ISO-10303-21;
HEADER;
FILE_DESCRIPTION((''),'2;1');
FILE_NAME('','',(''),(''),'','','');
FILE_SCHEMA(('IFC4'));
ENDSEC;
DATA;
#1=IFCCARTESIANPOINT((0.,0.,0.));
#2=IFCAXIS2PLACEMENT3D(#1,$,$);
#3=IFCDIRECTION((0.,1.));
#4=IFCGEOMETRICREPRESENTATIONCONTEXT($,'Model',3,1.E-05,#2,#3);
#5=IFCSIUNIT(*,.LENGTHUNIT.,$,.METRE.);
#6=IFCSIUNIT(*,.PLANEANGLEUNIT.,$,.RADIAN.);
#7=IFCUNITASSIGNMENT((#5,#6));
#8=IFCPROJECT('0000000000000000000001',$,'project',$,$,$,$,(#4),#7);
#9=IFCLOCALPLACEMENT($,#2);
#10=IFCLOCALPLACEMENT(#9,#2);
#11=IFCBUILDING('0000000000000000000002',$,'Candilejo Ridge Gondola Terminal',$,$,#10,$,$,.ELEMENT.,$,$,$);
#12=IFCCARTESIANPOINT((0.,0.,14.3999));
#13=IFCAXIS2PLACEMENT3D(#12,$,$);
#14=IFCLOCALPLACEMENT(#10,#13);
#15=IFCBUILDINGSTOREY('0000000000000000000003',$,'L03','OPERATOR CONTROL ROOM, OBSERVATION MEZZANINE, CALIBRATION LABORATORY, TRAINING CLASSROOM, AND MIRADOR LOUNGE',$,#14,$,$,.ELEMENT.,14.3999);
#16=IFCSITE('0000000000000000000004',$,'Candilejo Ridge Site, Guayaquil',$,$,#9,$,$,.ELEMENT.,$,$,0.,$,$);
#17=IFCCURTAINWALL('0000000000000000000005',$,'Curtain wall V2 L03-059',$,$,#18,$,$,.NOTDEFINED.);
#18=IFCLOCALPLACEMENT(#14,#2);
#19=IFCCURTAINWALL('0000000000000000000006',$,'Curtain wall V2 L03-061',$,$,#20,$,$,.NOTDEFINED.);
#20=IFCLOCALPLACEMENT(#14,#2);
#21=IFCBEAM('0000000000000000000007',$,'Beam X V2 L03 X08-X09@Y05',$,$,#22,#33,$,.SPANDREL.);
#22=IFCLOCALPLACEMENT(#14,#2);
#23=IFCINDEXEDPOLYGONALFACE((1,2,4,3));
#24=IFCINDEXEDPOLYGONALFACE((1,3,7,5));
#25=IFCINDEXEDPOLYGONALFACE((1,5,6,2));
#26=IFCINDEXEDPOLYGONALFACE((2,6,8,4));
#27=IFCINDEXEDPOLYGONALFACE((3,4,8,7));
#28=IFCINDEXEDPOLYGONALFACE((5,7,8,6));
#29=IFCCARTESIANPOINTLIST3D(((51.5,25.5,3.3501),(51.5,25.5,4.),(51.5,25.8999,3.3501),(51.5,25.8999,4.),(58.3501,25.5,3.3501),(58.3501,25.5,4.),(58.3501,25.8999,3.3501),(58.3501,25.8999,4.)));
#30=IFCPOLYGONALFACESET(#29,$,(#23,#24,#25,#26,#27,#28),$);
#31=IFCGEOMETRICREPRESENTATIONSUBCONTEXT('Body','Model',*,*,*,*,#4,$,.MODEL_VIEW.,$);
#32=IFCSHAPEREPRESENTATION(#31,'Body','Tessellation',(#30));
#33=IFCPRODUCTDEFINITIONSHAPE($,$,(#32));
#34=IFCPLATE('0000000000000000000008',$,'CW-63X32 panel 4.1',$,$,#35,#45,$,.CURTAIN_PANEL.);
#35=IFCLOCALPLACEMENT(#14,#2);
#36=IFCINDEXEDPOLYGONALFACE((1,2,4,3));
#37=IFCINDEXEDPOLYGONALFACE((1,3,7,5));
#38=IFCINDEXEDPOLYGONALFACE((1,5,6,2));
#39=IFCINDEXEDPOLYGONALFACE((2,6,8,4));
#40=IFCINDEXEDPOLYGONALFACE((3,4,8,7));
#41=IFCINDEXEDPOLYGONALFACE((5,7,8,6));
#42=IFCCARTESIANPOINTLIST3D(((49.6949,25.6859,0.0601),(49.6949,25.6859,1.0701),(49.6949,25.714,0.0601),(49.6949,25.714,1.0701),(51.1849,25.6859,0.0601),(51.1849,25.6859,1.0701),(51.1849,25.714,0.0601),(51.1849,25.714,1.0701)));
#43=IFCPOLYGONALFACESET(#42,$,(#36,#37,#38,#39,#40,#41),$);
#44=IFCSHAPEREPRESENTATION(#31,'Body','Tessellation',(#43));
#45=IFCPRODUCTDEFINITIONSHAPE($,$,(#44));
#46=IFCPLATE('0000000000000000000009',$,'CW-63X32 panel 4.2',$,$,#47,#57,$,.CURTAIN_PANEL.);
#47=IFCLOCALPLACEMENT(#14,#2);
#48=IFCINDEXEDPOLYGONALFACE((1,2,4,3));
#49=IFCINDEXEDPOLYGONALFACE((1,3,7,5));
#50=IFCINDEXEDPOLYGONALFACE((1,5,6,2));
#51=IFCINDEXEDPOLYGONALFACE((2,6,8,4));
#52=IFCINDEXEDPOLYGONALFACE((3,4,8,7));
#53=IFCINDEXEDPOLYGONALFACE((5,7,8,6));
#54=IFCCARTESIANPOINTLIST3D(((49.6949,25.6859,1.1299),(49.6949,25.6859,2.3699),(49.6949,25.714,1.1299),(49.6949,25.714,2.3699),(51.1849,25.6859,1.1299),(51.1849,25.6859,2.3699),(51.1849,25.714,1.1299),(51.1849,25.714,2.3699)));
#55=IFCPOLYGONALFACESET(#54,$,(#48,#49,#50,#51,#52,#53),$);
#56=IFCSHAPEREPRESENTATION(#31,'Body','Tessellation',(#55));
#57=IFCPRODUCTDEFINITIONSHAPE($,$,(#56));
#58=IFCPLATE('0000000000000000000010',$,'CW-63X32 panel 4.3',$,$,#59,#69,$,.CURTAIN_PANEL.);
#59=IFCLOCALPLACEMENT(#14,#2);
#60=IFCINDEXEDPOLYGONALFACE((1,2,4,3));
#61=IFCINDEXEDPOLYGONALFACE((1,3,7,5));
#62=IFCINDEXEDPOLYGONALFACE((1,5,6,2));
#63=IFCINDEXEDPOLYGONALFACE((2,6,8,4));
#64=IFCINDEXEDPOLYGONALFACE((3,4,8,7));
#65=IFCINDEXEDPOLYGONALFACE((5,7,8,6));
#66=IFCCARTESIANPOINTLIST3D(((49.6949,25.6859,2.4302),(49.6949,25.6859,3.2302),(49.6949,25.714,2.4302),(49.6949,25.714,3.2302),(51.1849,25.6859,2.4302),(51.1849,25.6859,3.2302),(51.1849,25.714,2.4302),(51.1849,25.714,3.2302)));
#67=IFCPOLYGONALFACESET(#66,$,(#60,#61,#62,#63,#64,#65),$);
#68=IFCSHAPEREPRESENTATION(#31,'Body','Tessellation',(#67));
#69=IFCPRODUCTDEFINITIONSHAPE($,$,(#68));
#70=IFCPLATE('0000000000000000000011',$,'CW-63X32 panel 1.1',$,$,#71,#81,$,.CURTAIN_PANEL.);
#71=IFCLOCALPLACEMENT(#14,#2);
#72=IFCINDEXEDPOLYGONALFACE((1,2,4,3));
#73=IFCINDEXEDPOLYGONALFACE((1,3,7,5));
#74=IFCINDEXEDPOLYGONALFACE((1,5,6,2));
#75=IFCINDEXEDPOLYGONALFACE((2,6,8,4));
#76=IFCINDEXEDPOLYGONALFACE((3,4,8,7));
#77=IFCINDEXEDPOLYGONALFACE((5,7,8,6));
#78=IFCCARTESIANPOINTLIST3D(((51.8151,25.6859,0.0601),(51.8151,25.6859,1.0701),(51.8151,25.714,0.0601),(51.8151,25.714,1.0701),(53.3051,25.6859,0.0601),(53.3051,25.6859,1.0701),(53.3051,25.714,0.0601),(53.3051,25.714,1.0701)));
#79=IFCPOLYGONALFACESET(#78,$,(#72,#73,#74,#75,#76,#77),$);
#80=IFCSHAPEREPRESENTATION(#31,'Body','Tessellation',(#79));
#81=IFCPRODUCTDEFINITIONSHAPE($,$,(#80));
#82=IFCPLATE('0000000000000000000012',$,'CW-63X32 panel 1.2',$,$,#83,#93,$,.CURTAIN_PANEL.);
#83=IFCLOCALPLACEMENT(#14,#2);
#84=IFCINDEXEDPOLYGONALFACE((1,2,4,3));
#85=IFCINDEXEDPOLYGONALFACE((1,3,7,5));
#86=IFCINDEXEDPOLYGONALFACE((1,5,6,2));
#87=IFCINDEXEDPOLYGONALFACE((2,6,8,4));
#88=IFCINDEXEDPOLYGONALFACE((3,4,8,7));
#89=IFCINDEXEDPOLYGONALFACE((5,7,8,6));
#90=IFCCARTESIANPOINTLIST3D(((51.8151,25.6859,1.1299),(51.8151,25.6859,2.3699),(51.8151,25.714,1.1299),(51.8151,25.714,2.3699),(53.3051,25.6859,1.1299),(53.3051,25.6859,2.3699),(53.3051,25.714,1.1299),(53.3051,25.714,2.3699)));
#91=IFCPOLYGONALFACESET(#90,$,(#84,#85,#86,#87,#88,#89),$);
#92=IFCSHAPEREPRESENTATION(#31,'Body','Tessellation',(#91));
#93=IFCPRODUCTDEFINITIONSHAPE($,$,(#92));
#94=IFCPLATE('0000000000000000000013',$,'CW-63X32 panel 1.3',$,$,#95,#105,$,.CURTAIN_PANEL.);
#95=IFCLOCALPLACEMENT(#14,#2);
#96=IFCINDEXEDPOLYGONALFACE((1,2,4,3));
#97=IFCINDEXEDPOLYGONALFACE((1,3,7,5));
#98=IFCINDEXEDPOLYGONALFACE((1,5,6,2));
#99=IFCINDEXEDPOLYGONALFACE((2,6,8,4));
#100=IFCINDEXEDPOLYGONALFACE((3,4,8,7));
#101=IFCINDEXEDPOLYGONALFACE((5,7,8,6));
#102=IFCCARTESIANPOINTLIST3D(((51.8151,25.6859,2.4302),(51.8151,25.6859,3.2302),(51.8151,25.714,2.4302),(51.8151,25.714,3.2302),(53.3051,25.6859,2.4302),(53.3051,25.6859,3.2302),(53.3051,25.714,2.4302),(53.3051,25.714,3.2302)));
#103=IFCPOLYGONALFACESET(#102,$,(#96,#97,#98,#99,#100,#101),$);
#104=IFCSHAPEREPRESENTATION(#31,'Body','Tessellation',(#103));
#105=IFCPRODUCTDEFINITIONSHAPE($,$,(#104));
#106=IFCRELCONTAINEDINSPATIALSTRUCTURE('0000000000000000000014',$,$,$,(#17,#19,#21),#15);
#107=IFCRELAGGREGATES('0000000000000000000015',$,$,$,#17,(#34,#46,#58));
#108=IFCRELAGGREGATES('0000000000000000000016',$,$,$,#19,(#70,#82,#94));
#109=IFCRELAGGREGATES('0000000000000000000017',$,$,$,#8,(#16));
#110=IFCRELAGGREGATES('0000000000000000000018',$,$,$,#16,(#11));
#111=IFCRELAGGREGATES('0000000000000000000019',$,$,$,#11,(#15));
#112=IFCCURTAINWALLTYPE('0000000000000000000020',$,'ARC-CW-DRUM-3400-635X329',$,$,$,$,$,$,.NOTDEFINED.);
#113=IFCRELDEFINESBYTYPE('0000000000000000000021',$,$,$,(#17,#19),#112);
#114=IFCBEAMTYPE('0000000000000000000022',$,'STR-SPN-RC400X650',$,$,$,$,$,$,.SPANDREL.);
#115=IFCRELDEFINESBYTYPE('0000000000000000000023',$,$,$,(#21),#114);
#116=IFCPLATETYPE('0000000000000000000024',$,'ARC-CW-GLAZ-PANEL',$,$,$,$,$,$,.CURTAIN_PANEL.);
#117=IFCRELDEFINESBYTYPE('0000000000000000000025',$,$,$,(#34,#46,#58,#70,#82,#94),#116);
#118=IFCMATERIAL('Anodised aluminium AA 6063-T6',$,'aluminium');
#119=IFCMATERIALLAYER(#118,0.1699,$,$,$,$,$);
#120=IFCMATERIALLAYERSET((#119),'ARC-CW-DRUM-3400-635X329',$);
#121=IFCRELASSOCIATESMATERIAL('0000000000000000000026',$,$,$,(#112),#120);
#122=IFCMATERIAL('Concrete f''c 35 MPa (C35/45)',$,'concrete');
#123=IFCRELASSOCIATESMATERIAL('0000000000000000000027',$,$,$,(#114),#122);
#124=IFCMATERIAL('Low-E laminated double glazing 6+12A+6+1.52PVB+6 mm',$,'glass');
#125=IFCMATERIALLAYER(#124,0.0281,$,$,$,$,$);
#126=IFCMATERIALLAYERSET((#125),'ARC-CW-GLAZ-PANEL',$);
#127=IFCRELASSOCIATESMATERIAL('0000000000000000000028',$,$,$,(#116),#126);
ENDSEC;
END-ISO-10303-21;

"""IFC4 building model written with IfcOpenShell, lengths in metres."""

from ifc_helpers import new_model, si_unit, direction, frame, origin, origin_2d, place, context, subcontext, project, spatial, rectangle, extrude, material, layer, layer_set, material_profile, profile_set, type_object, element, aggregate, save


model = new_model("IFC4")

# Units and contexts
model_context = context("Model", 3, precision=1e-05, world=origin(), true_north=direction((0.0, 1.0)))
body_context = subcontext(model_context, "Body", "Model", "MODEL_VIEW")
ifc_project = project(units=[si_unit("LENGTHUNIT", "METRE"), si_unit("PLANEANGLEUNIT", "RADIAN")], contexts=[model_context])

# Site, building, storey
site_placement = place(None, origin())
site = spatial("IfcSite", under=ifc_project, at=site_placement, Name="Candilejo Ridge Site, Guayaquil", CompositionType="ELEMENT", RefElevation=0.0)
building_placement = place(site_placement, origin())
building = spatial("IfcBuilding", under=site, at=building_placement, Name="Candilejo Ridge Gondola Terminal", CompositionType="ELEMENT")
storey_placement = place(building_placement, frame((0.0, 0.0, 14.3999)))
storey = spatial("IfcBuildingStorey", under=building, at=storey_placement, Name="L03", Description="OPERATOR CONTROL ROOM, OBSERVATION MEZZANINE, CALIBRATION LABORATORY, TRAINING CLASSROOM, AND MIRADOR LOUNGE", CompositionType="ELEMENT", Elevation=14.3999)

# Curtain wall
ifc_material_1 = material(Name="Anodised aluminium AA 6063-T6", Category="aluminium")
ifc_layer_1 = layer(ifc_material_1, 0.1699)
ifc_layer_set_1 = layer_set([ifc_layer_1], Name="ARC-CW-DRUM-3400-635X329")
curtain_wall_type = type_object("IfcCurtainWallType", Name="ARC-CW-DRUM-3400-635X329", PredefinedType="NOTDEFINED", material=ifc_layer_set_1)
curtain_wall_1_placement = place(storey_placement, origin())
curtain_wall_1 = element("IfcCurtainWall", 1, at=curtain_wall_1_placement, inside=storey, type_object=curtain_wall_type, Name="Curtain wall V2 L03-059", PredefinedType="NOTDEFINED")

# Curtain wall
curtain_wall_2_placement = place(storey_placement, origin())
curtain_wall_2 = element("IfcCurtainWall", 2, at=curtain_wall_2_placement, inside=storey, type_object=curtain_wall_type, Name="Curtain wall V2 L03-061", PredefinedType="NOTDEFINED")

# Beam
ifc_material_2 = material(Name="Concrete f'c 35 MPa (C35/45)", Category="concrete")
ifc_material_profile_1 = material_profile(ifc_material_2, rectangle(XDim=0.3999, YDim=0.6499, at=origin_2d()))
ifc_profile_set_1 = profile_set([ifc_material_profile_1], Name="Concrete f'c 35 MPa (C35/45)")
beam_type_1 = type_object("IfcBeamType", Name="STR-SPN-RC400X650", PredefinedType="SPANDREL", material=ifc_profile_set_1)
beam_1_placement = place(storey_placement, frame((51.5, 25.7, 3.675), z_axis=(1.0, 0.0, 0.0), x_axis=(0.0, 1.0, 0.0)))
element("IfcBeam", 3, at=beam_1_placement, inside=storey, type_object=beam_type_1, Name="Beam X V2 L03 X08-X09@Y05", PredefinedType="SPANDREL", context=body_context, shape_type="SweptSolid", body=[
    extrude(rectangle(XDim=0.3999, YDim=0.6499, at=origin_2d()), origin(), (0.0, 0.0, 1.0), 6.8501),
])

# Plates
ifc_material_3 = material(Name="Low-E laminated double glazing 6+12A+6+1.52PVB+6 mm", Category="glass")
ifc_layer_2 = layer(ifc_material_3, 0.0281)
ifc_layer_set_2 = layer_set([ifc_layer_2], Name="ARC-CW-GLAZ-PANEL")
plate_type = type_object("IfcPlateType", Name="ARC-CW-GLAZ-PANEL", PredefinedType="CURTAIN_PANEL", material=ifc_layer_set_2)
plate_1_placement = place(storey_placement, frame((50.4399, 25.7, 0.0601), z_axis=(0.0, 0.0, 1.0), x_axis=(1.0, 0.0, 0.0)))
plate_1 = element("IfcPlate", 4, at=plate_1_placement, type_object=plate_type, Name="CW-63X32 panel 4.1", PredefinedType="CURTAIN_PANEL", context=body_context, shape_type="SweptSolid", body=[
    extrude(rectangle(XDim=1.49, YDim=0.0281, at=origin_2d()), origin(), (0.0, 0.0, 1.0), 1.01),
])
plate_2_placement = place(storey_placement, frame((50.4399, 25.7, 1.1299), z_axis=(0.0, 0.0, 1.0), x_axis=(1.0, 0.0, 0.0)))
plate_2 = element("IfcPlate", 5, at=plate_2_placement, type_object=plate_type, Name="CW-63X32 panel 4.2", PredefinedType="CURTAIN_PANEL", context=body_context, shape_type="SweptSolid", body=[
    extrude(rectangle(XDim=1.49, YDim=0.0281, at=origin_2d()), origin(), (0.0, 0.0, 1.0), 1.24),
])
plate_3_placement = place(storey_placement, frame((50.4399, 25.7, 2.4302), z_axis=(0.0, 0.0, 1.0), x_axis=(1.0, 0.0, 0.0)))
plate_3 = element("IfcPlate", 6, at=plate_3_placement, type_object=plate_type, Name="CW-63X32 panel 4.3", PredefinedType="CURTAIN_PANEL", context=body_context, shape_type="SweptSolid", body=[
    extrude(rectangle(XDim=1.49, YDim=0.0281, at=origin_2d()), origin(), (0.0, 0.0, 1.0), 0.8),
])
aggregate(curtain_wall_1, [plate_1, plate_2, plate_3])
plate_4_placement = place(storey_placement, frame((52.5601, 25.7, 0.0601), z_axis=(0.0, 0.0, 1.0), x_axis=(1.0, 0.0, 0.0)))
plate_4 = element("IfcPlate", 7, at=plate_4_placement, type_object=plate_type, Name="CW-63X32 panel 1.1", PredefinedType="CURTAIN_PANEL", context=body_context, shape_type="SweptSolid", body=[
    extrude(rectangle(XDim=1.49, YDim=0.0281, at=origin_2d()), origin(), (0.0, 0.0, 1.0), 1.01),
])
plate_5_placement = place(storey_placement, frame((52.5601, 25.7, 1.1299), z_axis=(0.0, 0.0, 1.0), x_axis=(1.0, 0.0, 0.0)))
plate_5 = element("IfcPlate", 8, at=plate_5_placement, type_object=plate_type, Name="CW-63X32 panel 1.2", PredefinedType="CURTAIN_PANEL", context=body_context, shape_type="SweptSolid", body=[
    extrude(rectangle(XDim=1.49, YDim=0.0281, at=origin_2d()), origin(), (0.0, 0.0, 1.0), 1.24),
])
plate_6_placement = place(storey_placement, frame((52.5601, 25.7, 2.4302), z_axis=(0.0, 0.0, 1.0), x_axis=(1.0, 0.0, 0.0)))
plate_6 = element("IfcPlate", 9, at=plate_6_placement, type_object=plate_type, Name="CW-63X32 panel 1.3", PredefinedType="CURTAIN_PANEL", context=body_context, shape_type="SweptSolid", body=[
    extrude(rectangle(XDim=1.49, YDim=0.0281, at=origin_2d()), origin(), (0.0, 0.0, 1.0), 0.8),
])
aggregate(curtain_wall_2, [plate_4, plate_5, plate_6])

save(model, "model.ifc")
